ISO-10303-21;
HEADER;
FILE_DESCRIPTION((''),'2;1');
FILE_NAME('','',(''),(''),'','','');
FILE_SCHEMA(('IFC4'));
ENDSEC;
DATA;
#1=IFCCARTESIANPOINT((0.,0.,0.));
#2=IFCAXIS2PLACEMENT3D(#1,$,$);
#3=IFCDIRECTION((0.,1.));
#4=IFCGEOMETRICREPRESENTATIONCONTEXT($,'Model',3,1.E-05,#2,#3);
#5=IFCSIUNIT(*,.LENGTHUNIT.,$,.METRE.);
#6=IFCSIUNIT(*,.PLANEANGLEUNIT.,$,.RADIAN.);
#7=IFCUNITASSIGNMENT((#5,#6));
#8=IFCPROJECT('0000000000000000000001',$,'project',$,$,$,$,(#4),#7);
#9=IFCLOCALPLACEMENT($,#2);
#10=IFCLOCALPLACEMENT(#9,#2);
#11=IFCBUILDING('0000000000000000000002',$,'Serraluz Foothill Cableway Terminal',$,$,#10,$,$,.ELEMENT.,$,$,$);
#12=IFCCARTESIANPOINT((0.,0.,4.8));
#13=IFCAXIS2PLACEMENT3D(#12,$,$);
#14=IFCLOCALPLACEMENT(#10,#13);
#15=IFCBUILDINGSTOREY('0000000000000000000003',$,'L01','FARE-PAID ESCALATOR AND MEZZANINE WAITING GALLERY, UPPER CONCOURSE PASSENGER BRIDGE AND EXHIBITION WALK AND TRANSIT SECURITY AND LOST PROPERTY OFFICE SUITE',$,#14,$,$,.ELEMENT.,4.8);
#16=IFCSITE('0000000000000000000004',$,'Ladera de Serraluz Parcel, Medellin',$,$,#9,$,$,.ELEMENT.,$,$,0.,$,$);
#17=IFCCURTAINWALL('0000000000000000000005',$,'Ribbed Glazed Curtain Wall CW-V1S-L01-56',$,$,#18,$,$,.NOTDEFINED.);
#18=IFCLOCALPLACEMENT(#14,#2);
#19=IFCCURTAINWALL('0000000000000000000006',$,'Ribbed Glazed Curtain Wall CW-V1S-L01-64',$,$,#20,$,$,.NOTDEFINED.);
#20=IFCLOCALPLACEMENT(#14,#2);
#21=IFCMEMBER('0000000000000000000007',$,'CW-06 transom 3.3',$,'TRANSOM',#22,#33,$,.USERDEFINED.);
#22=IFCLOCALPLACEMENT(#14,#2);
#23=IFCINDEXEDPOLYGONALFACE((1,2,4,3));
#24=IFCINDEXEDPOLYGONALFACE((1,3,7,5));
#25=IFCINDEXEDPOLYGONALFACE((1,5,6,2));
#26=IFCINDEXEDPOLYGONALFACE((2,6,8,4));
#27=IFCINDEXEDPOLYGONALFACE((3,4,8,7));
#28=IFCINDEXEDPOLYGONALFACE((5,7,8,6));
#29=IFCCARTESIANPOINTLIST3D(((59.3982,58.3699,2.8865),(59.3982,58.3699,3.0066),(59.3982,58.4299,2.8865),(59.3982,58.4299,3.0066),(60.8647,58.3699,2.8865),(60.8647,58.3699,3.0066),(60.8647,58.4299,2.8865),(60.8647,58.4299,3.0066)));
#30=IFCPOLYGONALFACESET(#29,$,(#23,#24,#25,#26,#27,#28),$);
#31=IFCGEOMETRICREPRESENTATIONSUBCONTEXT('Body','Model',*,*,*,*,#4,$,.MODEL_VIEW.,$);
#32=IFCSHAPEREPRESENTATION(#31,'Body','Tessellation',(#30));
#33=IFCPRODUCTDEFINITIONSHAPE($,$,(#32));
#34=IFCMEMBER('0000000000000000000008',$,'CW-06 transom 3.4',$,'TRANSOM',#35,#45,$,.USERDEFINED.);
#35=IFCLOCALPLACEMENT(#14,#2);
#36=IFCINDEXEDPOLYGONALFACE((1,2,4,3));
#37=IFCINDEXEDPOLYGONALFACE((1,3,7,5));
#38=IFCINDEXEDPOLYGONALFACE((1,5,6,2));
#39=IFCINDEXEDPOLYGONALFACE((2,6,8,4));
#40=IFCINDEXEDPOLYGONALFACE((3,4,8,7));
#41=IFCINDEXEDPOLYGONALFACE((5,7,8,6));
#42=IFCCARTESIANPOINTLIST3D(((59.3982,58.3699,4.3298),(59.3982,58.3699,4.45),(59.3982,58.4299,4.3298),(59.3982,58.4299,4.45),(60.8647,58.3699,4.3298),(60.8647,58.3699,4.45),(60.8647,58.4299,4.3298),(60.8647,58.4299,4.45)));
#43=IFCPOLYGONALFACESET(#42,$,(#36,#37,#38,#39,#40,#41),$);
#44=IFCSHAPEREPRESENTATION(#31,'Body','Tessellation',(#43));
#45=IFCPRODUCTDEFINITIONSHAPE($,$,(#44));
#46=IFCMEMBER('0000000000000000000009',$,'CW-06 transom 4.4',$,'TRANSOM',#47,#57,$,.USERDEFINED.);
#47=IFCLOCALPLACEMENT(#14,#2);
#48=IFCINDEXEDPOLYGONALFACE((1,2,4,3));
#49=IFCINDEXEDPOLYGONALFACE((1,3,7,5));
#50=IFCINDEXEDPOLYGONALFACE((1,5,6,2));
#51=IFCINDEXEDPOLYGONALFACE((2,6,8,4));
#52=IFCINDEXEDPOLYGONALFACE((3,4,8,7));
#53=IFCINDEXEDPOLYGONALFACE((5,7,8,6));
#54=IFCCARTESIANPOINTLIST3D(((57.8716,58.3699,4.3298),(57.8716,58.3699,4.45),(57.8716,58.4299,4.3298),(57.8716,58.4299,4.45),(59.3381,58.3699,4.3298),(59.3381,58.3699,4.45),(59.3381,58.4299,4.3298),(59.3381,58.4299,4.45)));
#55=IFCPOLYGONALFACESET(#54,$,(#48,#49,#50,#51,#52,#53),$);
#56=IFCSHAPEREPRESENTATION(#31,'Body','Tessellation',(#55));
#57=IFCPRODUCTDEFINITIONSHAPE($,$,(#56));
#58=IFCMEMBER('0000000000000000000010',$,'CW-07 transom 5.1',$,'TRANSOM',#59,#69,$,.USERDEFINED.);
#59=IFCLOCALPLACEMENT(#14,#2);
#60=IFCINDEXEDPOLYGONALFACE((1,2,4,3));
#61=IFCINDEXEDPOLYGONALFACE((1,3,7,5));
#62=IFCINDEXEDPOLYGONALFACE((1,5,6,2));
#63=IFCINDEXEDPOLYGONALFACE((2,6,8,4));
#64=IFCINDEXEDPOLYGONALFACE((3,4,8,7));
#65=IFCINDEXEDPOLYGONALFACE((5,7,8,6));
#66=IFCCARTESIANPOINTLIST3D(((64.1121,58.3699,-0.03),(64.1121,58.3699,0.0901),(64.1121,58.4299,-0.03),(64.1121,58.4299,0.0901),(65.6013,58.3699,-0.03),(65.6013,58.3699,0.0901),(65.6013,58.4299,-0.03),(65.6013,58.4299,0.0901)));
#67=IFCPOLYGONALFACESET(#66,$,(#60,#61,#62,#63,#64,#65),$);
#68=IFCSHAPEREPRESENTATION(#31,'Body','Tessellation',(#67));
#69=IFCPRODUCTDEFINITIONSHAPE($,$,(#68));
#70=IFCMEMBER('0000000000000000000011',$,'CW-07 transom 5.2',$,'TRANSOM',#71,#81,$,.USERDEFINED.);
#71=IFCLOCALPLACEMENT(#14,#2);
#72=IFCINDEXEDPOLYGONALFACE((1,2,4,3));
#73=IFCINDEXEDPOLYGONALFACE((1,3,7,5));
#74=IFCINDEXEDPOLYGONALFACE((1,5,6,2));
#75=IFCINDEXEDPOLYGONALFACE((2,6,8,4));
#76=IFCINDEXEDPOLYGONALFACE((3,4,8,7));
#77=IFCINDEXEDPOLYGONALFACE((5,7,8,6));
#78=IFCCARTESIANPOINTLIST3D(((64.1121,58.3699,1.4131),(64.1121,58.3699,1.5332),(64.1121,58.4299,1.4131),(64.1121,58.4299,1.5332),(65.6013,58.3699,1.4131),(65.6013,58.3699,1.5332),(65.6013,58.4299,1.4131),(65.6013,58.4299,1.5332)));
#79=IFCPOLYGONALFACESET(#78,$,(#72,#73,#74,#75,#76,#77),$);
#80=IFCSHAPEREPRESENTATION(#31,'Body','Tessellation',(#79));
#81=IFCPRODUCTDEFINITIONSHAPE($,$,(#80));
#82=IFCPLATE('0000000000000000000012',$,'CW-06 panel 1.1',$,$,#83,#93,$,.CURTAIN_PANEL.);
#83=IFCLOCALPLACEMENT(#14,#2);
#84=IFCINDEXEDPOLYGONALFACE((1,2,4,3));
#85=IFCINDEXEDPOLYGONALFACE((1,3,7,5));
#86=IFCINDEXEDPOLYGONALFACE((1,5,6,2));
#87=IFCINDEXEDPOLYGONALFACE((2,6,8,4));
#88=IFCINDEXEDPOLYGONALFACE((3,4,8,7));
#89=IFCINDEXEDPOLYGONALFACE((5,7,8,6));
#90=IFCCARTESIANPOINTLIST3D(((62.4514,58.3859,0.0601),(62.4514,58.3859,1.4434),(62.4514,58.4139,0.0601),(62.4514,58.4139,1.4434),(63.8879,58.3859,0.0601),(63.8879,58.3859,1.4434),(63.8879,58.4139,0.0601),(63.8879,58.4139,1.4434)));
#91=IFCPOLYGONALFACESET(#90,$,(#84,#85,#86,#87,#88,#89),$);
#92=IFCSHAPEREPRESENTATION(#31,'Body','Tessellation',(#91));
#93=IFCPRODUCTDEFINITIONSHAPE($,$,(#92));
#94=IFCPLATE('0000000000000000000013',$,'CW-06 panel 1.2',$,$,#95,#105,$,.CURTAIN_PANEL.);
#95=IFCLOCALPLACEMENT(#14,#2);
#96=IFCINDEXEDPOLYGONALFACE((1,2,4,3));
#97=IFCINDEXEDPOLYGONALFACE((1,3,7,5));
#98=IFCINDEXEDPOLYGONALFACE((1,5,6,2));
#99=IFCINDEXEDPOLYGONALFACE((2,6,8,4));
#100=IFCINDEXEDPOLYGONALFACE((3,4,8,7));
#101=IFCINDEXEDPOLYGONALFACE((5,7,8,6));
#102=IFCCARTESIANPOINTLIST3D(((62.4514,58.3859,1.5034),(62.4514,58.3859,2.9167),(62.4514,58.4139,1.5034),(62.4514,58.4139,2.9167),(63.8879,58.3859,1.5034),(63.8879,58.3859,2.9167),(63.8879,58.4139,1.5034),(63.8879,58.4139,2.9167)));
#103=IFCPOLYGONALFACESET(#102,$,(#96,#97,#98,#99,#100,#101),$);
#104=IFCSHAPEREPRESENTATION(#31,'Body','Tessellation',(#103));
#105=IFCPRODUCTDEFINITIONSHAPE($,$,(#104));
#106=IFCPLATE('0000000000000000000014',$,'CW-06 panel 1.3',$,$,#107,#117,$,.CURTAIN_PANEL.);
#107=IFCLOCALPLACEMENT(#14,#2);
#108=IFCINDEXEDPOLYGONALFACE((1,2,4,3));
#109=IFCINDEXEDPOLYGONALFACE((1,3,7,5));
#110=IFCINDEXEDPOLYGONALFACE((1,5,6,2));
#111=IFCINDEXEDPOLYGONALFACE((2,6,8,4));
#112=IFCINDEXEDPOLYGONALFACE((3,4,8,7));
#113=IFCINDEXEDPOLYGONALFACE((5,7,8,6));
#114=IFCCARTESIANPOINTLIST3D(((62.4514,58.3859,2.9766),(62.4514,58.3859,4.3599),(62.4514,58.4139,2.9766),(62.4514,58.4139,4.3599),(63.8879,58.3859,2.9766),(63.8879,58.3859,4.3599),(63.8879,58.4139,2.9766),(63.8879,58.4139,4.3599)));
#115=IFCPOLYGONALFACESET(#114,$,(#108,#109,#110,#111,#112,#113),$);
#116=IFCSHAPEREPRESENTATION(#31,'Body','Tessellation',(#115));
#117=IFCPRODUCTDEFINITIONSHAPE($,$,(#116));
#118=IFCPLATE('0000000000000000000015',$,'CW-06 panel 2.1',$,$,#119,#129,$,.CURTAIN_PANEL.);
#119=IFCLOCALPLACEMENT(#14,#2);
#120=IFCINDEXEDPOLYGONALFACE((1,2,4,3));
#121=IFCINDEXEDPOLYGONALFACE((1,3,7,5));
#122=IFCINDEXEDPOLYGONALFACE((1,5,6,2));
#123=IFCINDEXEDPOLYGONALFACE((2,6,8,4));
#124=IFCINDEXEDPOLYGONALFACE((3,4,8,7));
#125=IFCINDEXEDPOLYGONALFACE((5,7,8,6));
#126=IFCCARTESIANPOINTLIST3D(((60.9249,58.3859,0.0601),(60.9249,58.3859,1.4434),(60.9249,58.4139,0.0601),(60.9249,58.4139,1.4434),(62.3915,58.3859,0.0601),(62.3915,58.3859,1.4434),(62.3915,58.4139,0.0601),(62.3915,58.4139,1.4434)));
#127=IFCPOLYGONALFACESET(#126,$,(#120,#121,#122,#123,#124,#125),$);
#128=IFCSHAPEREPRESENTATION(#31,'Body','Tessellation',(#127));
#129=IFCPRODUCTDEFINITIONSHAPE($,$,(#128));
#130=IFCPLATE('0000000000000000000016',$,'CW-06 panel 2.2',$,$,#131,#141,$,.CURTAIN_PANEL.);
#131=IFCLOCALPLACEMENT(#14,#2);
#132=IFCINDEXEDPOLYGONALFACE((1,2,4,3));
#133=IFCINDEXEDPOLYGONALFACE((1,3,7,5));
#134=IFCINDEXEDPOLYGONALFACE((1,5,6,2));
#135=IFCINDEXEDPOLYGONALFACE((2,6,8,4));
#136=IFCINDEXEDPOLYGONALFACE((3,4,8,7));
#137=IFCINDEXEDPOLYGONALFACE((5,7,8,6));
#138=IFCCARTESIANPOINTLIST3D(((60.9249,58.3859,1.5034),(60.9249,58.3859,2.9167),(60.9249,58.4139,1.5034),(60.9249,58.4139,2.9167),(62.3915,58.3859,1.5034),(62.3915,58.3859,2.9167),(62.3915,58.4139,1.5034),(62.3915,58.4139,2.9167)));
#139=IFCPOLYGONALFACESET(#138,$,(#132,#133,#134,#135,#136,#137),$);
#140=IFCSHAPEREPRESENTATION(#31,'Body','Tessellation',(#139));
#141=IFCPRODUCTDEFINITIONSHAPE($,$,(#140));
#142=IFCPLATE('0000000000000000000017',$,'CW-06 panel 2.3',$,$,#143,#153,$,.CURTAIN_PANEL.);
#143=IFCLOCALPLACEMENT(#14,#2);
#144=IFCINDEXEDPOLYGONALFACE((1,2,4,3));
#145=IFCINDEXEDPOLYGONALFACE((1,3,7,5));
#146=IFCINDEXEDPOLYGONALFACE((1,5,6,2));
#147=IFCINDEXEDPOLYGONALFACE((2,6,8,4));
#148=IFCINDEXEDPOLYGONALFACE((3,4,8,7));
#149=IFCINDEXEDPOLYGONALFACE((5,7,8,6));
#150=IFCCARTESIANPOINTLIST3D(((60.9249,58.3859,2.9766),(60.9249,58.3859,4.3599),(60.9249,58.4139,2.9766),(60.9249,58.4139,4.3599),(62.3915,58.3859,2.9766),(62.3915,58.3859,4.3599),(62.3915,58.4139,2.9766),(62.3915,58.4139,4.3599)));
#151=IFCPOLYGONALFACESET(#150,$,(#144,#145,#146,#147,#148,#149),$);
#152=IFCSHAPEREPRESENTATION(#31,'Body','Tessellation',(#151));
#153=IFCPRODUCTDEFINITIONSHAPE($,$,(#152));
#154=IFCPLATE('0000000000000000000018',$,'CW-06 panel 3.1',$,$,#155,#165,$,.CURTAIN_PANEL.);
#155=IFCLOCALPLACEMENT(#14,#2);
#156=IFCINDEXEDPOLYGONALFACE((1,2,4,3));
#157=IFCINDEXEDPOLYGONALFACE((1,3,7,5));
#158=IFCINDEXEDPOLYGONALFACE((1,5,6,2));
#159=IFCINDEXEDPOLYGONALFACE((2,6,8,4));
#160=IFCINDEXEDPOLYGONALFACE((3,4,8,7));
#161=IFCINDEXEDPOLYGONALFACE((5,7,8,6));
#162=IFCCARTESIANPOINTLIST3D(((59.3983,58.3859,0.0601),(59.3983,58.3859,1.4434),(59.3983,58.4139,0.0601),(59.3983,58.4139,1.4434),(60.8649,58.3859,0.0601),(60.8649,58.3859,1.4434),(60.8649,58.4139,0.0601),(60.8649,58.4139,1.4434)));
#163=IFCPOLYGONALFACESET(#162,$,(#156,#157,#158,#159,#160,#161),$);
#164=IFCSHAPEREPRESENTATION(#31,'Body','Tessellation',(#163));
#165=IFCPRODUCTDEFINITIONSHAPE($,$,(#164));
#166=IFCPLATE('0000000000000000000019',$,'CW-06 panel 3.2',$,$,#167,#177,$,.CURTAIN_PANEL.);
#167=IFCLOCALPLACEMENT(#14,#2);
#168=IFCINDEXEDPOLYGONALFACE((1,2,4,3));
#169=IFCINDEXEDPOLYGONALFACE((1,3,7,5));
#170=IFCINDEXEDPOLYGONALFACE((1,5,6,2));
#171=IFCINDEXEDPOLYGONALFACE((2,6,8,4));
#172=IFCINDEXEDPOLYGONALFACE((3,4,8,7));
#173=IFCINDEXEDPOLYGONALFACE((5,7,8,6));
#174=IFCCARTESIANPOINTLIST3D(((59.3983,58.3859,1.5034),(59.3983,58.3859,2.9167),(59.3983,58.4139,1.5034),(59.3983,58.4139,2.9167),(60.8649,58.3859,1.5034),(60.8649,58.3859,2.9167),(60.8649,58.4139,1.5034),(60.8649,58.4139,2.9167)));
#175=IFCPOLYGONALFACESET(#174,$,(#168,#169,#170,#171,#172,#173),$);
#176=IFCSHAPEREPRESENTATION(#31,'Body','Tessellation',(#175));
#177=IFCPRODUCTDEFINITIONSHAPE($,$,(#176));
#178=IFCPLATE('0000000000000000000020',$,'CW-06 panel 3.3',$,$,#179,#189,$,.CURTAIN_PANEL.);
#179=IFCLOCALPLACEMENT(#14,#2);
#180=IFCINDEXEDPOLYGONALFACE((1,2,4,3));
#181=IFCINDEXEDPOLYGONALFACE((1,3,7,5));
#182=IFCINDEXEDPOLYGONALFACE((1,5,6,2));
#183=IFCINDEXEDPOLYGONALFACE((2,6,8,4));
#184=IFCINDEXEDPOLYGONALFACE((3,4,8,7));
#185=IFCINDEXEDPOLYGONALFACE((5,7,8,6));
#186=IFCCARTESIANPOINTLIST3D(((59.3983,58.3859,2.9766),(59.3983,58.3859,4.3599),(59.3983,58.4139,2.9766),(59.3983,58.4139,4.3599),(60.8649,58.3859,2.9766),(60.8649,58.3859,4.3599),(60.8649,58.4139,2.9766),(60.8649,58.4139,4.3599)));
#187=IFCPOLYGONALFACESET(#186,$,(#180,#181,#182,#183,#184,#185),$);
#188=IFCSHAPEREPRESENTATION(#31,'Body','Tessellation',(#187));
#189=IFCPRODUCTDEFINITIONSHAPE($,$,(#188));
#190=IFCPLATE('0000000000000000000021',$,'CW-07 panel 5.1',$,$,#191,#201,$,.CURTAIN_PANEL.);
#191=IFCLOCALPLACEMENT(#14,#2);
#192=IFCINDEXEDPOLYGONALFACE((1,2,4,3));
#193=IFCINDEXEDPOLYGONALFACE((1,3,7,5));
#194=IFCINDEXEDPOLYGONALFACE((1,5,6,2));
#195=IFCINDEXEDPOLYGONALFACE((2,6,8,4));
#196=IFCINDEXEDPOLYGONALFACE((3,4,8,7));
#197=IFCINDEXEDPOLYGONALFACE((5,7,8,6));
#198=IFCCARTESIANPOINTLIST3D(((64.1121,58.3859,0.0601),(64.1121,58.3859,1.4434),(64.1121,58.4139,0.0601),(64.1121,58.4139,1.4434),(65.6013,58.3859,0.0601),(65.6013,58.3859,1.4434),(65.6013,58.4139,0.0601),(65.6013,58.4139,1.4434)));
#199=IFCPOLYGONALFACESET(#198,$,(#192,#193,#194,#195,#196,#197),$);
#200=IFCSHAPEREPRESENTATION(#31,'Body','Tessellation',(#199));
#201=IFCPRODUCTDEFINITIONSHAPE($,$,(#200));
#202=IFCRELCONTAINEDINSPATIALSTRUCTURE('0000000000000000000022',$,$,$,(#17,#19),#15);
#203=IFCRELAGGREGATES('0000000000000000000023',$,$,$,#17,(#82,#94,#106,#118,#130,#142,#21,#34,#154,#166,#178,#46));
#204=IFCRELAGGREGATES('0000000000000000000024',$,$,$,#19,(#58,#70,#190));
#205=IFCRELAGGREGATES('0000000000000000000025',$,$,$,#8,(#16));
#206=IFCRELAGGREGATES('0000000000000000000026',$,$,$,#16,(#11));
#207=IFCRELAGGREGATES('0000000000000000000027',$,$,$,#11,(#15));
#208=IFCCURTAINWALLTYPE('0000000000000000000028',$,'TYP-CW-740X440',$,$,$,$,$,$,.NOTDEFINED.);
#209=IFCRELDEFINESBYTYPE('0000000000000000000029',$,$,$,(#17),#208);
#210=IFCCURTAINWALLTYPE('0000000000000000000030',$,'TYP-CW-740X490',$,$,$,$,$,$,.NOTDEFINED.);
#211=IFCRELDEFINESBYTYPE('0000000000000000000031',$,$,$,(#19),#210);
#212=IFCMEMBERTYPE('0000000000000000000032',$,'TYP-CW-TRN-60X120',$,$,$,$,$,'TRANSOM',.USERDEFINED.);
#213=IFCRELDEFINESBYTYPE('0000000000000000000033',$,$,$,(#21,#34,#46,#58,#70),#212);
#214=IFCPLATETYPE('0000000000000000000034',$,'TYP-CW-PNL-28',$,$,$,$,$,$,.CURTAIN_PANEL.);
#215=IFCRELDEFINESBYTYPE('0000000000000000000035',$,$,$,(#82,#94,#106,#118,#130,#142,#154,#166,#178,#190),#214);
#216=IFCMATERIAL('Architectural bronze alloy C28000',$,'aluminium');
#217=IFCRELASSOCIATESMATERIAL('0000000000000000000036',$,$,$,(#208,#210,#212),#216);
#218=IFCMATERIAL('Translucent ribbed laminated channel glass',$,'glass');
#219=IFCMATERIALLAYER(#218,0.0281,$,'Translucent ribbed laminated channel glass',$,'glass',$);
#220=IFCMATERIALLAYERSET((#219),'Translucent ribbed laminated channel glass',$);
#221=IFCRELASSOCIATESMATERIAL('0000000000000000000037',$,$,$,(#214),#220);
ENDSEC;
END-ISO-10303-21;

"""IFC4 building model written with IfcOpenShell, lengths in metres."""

from ifc_helpers import new_model, si_unit, direction, frame, origin, origin_2d, place, context, subcontext, project, spatial, rectangle, extrude, material, layer, layer_set, material_profile, profile_set, type_object, element, aggregate, save


model = new_model("IFC4")

# Units and contexts
model_context = context("Model", 3, precision=1e-05, world=origin(), true_north=direction((0.0, 1.0)))
body_context = subcontext(model_context, "Body", "Model", "MODEL_VIEW")
ifc_project = project(units=[si_unit("LENGTHUNIT", "METRE"), si_unit("PLANEANGLEUNIT", "RADIAN")], contexts=[model_context])

# Site, building, storey
site_placement = place(None, origin())
site = spatial("IfcSite", under=ifc_project, at=site_placement, Name="Ladera de Serraluz Parcel, Medellin", CompositionType="ELEMENT", RefElevation=0.0)
building_placement = place(site_placement, origin())
building = spatial("IfcBuilding", under=site, at=building_placement, Name="Serraluz Foothill Cableway Terminal", CompositionType="ELEMENT")
storey_placement = place(building_placement, frame((0.0, 0.0, 4.8)))
storey = spatial("IfcBuildingStorey", under=building, at=storey_placement, Name="L01", Description="FARE-PAID ESCALATOR AND MEZZANINE WAITING GALLERY, UPPER CONCOURSE PASSENGER BRIDGE AND EXHIBITION WALK AND TRANSIT SECURITY AND LOST PROPERTY OFFICE SUITE", CompositionType="ELEMENT", Elevation=4.8)

# Curtain wall
ifc_material_1 = material(Name="Architectural bronze alloy C28000", Category="aluminium")
curtain_wall_type_1 = type_object("IfcCurtainWallType", Name="TYP-CW-740X440", PredefinedType="NOTDEFINED", material=ifc_material_1)
curtain_wall_1_placement = place(storey_placement, origin())
curtain_wall_1 = element("IfcCurtainWall", 1, at=curtain_wall_1_placement, inside=storey, type_object=curtain_wall_type_1, Name="Ribbed Glazed Curtain Wall CW-V1S-L01-56", PredefinedType="NOTDEFINED")

# Curtain wall
curtain_wall_type_2 = type_object("IfcCurtainWallType", Name="TYP-CW-740X490", PredefinedType="NOTDEFINED", material=ifc_material_1)
curtain_wall_2_placement = place(storey_placement, origin())
curtain_wall_2 = element("IfcCurtainWall", 2, at=curtain_wall_2_placement, inside=storey, type_object=curtain_wall_type_2, Name="Ribbed Glazed Curtain Wall CW-V1S-L01-64", PredefinedType="NOTDEFINED")

# Members
ifc_material_profile_1 = material_profile(ifc_material_1, rectangle(XDim=0.0601, YDim=0.1201, at=origin_2d()), Name="ALU TRANSOM 60x120")
ifc_profile_set_1 = profile_set([ifc_material_profile_1], Name="Architectural bronze alloy C28000")
member_type_1 = type_object("IfcMemberType", Name="TYP-CW-TRN-60X120", ElementType="TRANSOM", PredefinedType="USERDEFINED", material=ifc_profile_set_1)
member_1_placement = place(storey_placement, frame((60.8647, 58.3999, 2.9465), z_axis=(-1.0, 0.0, 0.0), x_axis=(0.0, -1.0, 0.0)))
member_1 = element("IfcMember", 3, at=member_1_placement, type_object=member_type_1, Name="CW-06 transom 3.3", ObjectType="TRANSOM", PredefinedType="USERDEFINED", context=body_context, shape_type="SweptSolid", body=[
    extrude(rectangle(XDim=0.0601, YDim=0.1201, at=origin_2d()), origin(), (0.0, 0.0, 1.0), 1.4666),
])
member_2_placement = place(storey_placement, frame((60.8647, 58.3999, 4.3899), z_axis=(-1.0, 0.0, 0.0), x_axis=(0.0, -1.0, 0.0)))
member_2 = element("IfcMember", 4, at=member_2_placement, type_object=member_type_1, Name="CW-06 transom 3.4", ObjectType="TRANSOM", PredefinedType="USERDEFINED", context=body_context, shape_type="SweptSolid", body=[
    extrude(rectangle(XDim=0.0601, YDim=0.1201, at=origin_2d()), origin(), (0.0, 0.0, 1.0), 1.4666),
])
member_3_placement = place(storey_placement, frame((59.3381, 58.3999, 4.3899), z_axis=(-1.0, 0.0, 0.0), x_axis=(0.0, -1.0, 0.0)))
member_3 = element("IfcMember", 5, at=member_3_placement, type_object=member_type_1, Name="CW-06 transom 4.4", ObjectType="TRANSOM", PredefinedType="USERDEFINED", context=body_context, shape_type="SweptSolid", body=[
    extrude(rectangle(XDim=0.0601, YDim=0.1201, at=origin_2d()), origin(), (0.0, 0.0, 1.0), 1.4666),
])
member_4_placement = place(storey_placement, frame((65.6013, 58.3999, 0.03), z_axis=(-1.0, 0.0, 0.0), x_axis=(0.0, -1.0, 0.0)))
member_4 = element("IfcMember", 6, at=member_4_placement, type_object=member_type_1, Name="CW-07 transom 5.1", ObjectType="TRANSOM", PredefinedType="USERDEFINED", context=body_context, shape_type="SweptSolid", body=[
    extrude(rectangle(XDim=0.0601, YDim=0.1201, at=origin_2d()), origin(), (0.0, 0.0, 1.0), 1.4893),
])
member_5_placement = place(storey_placement, frame((65.6013, 58.3999, 1.4731), z_axis=(-1.0, 0.0, 0.0), x_axis=(0.0, -1.0, 0.0)))
member_5 = element("IfcMember", 7, at=member_5_placement, type_object=member_type_1, Name="CW-07 transom 5.2", ObjectType="TRANSOM", PredefinedType="USERDEFINED", context=body_context, shape_type="SweptSolid", body=[
    extrude(rectangle(XDim=0.0601, YDim=0.1201, at=origin_2d()), origin(), (0.0, 0.0, 1.0), 1.4893),
])

# Plates
ifc_material_2 = material(Name="Translucent ribbed laminated channel glass", Category="glass")
ifc_layer = layer(ifc_material_2, 0.0281, Name="Translucent ribbed laminated channel glass", Category="glass")
ifc_layer_set = layer_set([ifc_layer], Name="Translucent ribbed laminated channel glass")
plate_type = type_object("IfcPlateType", Name="TYP-CW-PNL-28", PredefinedType="CURTAIN_PANEL", material=ifc_layer_set)
plate_1_placement = place(storey_placement, frame((63.1697, 58.3999, 0.0601), z_axis=(0.0, 0.0, 1.0), x_axis=(-1.0, 0.0, 0.0)))
plate_1 = element("IfcPlate", 8, at=plate_1_placement, type_object=plate_type, Name="CW-06 panel 1.1", PredefinedType="CURTAIN_PANEL", context=body_context, shape_type="SweptSolid", body=[
    extrude(rectangle(XDim=1.4365, YDim=0.0281, at=origin_2d()), origin(), (0.0, 0.0, 1.0), 1.3833),
])
plate_2_placement = place(storey_placement, frame((63.1697, 58.3999, 1.5034), z_axis=(0.0, 0.0, 1.0), x_axis=(-1.0, 0.0, 0.0)))
plate_2 = element("IfcPlate", 9, at=plate_2_placement, type_object=plate_type, Name="CW-06 panel 1.2", PredefinedType="CURTAIN_PANEL", context=body_context, shape_type="SweptSolid", body=[
    extrude(rectangle(XDim=1.4365, YDim=0.0281, at=origin_2d()), origin(), (0.0, 0.0, 1.0), 1.4133),
])
plate_3_placement = place(storey_placement, frame((63.1697, 58.3999, 2.9766), z_axis=(0.0, 0.0, 1.0), x_axis=(-1.0, 0.0, 0.0)))
plate_3 = element("IfcPlate", 10, at=plate_3_placement, type_object=plate_type, Name="CW-06 panel 1.3", PredefinedType="CURTAIN_PANEL", context=body_context, shape_type="SweptSolid", body=[
    extrude(rectangle(XDim=1.4365, YDim=0.0281, at=origin_2d()), origin(), (0.0, 0.0, 1.0), 1.3833),
])
plate_4_placement = place(storey_placement, frame((61.6582, 58.3999, 0.0601), z_axis=(0.0, 0.0, 1.0), x_axis=(-1.0, 0.0, 0.0)))
plate_4 = element("IfcPlate", 11, at=plate_4_placement, type_object=plate_type, Name="CW-06 panel 2.1", PredefinedType="CURTAIN_PANEL", context=body_context, shape_type="SweptSolid", body=[
    extrude(rectangle(XDim=1.4666, YDim=0.0281, at=origin_2d()), origin(), (0.0, 0.0, 1.0), 1.3833),
])
plate_5_placement = place(storey_placement, frame((61.6582, 58.3999, 1.5034), z_axis=(0.0, 0.0, 1.0), x_axis=(-1.0, 0.0, 0.0)))
plate_5 = element("IfcPlate", 12, at=plate_5_placement, type_object=plate_type, Name="CW-06 panel 2.2", PredefinedType="CURTAIN_PANEL", context=body_context, shape_type="SweptSolid", body=[
    extrude(rectangle(XDim=1.4666, YDim=0.0281, at=origin_2d()), origin(), (0.0, 0.0, 1.0), 1.4133),
])
plate_6_placement = place(storey_placement, frame((61.6582, 58.3999, 2.9766), z_axis=(0.0, 0.0, 1.0), x_axis=(-1.0, 0.0, 0.0)))
plate_6 = element("IfcPlate", 13, at=plate_6_placement, type_object=plate_type, Name="CW-06 panel 2.3", PredefinedType="CURTAIN_PANEL", context=body_context, shape_type="SweptSolid", body=[
    extrude(rectangle(XDim=1.4666, YDim=0.0281, at=origin_2d()), origin(), (0.0, 0.0, 1.0), 1.3833),
])
plate_7_placement = place(storey_placement, frame((60.1316, 58.3999, 0.0601), z_axis=(0.0, 0.0, 1.0), x_axis=(-1.0, 0.0, 0.0)))
plate_7 = element("IfcPlate", 14, at=plate_7_placement, type_object=plate_type, Name="CW-06 panel 3.1", PredefinedType="CURTAIN_PANEL", context=body_context, shape_type="SweptSolid", body=[
    extrude(rectangle(XDim=1.4666, YDim=0.0281, at=origin_2d()), origin(), (0.0, 0.0, 1.0), 1.3833),
])
plate_8_placement = place(storey_placement, frame((60.1316, 58.3999, 1.5034), z_axis=(0.0, 0.0, 1.0), x_axis=(-1.0, 0.0, 0.0)))
plate_8 = element("IfcPlate", 15, at=plate_8_placement, type_object=plate_type, Name="CW-06 panel 3.2", PredefinedType="CURTAIN_PANEL", context=body_context, shape_type="SweptSolid", body=[
    extrude(rectangle(XDim=1.4666, YDim=0.0281, at=origin_2d()), origin(), (0.0, 0.0, 1.0), 1.4133),
])
plate_9_placement = place(storey_placement, frame((60.1316, 58.3999, 2.9766), z_axis=(0.0, 0.0, 1.0), x_axis=(-1.0, 0.0, 0.0)))
plate_9 = element("IfcPlate", 16, at=plate_9_placement, type_object=plate_type, Name="CW-06 panel 3.3", PredefinedType="CURTAIN_PANEL", context=body_context, shape_type="SweptSolid", body=[
    extrude(rectangle(XDim=1.4666, YDim=0.0281, at=origin_2d()), origin(), (0.0, 0.0, 1.0), 1.3833),
])
aggregate(curtain_wall_1, [plate_1, plate_2, plate_3, plate_4, plate_5, plate_6, member_1, member_2, plate_7, plate_8, plate_9, member_3])
plate_10_placement = place(storey_placement, frame((64.8567, 58.3999, 0.0601), z_axis=(0.0, 0.0, 1.0), x_axis=(-1.0, 0.0, 0.0)))
plate_10 = element("IfcPlate", 17, at=plate_10_placement, type_object=plate_type, Name="CW-07 panel 5.1", PredefinedType="CURTAIN_PANEL", context=body_context, shape_type="SweptSolid", body=[
    extrude(rectangle(XDim=1.4893, YDim=0.0281, at=origin_2d()), origin(), (0.0, 0.0, 1.0), 1.3833),
])
aggregate(curtain_wall_2, [member_4, member_5, plate_10])

save(model, "model.ifc")
